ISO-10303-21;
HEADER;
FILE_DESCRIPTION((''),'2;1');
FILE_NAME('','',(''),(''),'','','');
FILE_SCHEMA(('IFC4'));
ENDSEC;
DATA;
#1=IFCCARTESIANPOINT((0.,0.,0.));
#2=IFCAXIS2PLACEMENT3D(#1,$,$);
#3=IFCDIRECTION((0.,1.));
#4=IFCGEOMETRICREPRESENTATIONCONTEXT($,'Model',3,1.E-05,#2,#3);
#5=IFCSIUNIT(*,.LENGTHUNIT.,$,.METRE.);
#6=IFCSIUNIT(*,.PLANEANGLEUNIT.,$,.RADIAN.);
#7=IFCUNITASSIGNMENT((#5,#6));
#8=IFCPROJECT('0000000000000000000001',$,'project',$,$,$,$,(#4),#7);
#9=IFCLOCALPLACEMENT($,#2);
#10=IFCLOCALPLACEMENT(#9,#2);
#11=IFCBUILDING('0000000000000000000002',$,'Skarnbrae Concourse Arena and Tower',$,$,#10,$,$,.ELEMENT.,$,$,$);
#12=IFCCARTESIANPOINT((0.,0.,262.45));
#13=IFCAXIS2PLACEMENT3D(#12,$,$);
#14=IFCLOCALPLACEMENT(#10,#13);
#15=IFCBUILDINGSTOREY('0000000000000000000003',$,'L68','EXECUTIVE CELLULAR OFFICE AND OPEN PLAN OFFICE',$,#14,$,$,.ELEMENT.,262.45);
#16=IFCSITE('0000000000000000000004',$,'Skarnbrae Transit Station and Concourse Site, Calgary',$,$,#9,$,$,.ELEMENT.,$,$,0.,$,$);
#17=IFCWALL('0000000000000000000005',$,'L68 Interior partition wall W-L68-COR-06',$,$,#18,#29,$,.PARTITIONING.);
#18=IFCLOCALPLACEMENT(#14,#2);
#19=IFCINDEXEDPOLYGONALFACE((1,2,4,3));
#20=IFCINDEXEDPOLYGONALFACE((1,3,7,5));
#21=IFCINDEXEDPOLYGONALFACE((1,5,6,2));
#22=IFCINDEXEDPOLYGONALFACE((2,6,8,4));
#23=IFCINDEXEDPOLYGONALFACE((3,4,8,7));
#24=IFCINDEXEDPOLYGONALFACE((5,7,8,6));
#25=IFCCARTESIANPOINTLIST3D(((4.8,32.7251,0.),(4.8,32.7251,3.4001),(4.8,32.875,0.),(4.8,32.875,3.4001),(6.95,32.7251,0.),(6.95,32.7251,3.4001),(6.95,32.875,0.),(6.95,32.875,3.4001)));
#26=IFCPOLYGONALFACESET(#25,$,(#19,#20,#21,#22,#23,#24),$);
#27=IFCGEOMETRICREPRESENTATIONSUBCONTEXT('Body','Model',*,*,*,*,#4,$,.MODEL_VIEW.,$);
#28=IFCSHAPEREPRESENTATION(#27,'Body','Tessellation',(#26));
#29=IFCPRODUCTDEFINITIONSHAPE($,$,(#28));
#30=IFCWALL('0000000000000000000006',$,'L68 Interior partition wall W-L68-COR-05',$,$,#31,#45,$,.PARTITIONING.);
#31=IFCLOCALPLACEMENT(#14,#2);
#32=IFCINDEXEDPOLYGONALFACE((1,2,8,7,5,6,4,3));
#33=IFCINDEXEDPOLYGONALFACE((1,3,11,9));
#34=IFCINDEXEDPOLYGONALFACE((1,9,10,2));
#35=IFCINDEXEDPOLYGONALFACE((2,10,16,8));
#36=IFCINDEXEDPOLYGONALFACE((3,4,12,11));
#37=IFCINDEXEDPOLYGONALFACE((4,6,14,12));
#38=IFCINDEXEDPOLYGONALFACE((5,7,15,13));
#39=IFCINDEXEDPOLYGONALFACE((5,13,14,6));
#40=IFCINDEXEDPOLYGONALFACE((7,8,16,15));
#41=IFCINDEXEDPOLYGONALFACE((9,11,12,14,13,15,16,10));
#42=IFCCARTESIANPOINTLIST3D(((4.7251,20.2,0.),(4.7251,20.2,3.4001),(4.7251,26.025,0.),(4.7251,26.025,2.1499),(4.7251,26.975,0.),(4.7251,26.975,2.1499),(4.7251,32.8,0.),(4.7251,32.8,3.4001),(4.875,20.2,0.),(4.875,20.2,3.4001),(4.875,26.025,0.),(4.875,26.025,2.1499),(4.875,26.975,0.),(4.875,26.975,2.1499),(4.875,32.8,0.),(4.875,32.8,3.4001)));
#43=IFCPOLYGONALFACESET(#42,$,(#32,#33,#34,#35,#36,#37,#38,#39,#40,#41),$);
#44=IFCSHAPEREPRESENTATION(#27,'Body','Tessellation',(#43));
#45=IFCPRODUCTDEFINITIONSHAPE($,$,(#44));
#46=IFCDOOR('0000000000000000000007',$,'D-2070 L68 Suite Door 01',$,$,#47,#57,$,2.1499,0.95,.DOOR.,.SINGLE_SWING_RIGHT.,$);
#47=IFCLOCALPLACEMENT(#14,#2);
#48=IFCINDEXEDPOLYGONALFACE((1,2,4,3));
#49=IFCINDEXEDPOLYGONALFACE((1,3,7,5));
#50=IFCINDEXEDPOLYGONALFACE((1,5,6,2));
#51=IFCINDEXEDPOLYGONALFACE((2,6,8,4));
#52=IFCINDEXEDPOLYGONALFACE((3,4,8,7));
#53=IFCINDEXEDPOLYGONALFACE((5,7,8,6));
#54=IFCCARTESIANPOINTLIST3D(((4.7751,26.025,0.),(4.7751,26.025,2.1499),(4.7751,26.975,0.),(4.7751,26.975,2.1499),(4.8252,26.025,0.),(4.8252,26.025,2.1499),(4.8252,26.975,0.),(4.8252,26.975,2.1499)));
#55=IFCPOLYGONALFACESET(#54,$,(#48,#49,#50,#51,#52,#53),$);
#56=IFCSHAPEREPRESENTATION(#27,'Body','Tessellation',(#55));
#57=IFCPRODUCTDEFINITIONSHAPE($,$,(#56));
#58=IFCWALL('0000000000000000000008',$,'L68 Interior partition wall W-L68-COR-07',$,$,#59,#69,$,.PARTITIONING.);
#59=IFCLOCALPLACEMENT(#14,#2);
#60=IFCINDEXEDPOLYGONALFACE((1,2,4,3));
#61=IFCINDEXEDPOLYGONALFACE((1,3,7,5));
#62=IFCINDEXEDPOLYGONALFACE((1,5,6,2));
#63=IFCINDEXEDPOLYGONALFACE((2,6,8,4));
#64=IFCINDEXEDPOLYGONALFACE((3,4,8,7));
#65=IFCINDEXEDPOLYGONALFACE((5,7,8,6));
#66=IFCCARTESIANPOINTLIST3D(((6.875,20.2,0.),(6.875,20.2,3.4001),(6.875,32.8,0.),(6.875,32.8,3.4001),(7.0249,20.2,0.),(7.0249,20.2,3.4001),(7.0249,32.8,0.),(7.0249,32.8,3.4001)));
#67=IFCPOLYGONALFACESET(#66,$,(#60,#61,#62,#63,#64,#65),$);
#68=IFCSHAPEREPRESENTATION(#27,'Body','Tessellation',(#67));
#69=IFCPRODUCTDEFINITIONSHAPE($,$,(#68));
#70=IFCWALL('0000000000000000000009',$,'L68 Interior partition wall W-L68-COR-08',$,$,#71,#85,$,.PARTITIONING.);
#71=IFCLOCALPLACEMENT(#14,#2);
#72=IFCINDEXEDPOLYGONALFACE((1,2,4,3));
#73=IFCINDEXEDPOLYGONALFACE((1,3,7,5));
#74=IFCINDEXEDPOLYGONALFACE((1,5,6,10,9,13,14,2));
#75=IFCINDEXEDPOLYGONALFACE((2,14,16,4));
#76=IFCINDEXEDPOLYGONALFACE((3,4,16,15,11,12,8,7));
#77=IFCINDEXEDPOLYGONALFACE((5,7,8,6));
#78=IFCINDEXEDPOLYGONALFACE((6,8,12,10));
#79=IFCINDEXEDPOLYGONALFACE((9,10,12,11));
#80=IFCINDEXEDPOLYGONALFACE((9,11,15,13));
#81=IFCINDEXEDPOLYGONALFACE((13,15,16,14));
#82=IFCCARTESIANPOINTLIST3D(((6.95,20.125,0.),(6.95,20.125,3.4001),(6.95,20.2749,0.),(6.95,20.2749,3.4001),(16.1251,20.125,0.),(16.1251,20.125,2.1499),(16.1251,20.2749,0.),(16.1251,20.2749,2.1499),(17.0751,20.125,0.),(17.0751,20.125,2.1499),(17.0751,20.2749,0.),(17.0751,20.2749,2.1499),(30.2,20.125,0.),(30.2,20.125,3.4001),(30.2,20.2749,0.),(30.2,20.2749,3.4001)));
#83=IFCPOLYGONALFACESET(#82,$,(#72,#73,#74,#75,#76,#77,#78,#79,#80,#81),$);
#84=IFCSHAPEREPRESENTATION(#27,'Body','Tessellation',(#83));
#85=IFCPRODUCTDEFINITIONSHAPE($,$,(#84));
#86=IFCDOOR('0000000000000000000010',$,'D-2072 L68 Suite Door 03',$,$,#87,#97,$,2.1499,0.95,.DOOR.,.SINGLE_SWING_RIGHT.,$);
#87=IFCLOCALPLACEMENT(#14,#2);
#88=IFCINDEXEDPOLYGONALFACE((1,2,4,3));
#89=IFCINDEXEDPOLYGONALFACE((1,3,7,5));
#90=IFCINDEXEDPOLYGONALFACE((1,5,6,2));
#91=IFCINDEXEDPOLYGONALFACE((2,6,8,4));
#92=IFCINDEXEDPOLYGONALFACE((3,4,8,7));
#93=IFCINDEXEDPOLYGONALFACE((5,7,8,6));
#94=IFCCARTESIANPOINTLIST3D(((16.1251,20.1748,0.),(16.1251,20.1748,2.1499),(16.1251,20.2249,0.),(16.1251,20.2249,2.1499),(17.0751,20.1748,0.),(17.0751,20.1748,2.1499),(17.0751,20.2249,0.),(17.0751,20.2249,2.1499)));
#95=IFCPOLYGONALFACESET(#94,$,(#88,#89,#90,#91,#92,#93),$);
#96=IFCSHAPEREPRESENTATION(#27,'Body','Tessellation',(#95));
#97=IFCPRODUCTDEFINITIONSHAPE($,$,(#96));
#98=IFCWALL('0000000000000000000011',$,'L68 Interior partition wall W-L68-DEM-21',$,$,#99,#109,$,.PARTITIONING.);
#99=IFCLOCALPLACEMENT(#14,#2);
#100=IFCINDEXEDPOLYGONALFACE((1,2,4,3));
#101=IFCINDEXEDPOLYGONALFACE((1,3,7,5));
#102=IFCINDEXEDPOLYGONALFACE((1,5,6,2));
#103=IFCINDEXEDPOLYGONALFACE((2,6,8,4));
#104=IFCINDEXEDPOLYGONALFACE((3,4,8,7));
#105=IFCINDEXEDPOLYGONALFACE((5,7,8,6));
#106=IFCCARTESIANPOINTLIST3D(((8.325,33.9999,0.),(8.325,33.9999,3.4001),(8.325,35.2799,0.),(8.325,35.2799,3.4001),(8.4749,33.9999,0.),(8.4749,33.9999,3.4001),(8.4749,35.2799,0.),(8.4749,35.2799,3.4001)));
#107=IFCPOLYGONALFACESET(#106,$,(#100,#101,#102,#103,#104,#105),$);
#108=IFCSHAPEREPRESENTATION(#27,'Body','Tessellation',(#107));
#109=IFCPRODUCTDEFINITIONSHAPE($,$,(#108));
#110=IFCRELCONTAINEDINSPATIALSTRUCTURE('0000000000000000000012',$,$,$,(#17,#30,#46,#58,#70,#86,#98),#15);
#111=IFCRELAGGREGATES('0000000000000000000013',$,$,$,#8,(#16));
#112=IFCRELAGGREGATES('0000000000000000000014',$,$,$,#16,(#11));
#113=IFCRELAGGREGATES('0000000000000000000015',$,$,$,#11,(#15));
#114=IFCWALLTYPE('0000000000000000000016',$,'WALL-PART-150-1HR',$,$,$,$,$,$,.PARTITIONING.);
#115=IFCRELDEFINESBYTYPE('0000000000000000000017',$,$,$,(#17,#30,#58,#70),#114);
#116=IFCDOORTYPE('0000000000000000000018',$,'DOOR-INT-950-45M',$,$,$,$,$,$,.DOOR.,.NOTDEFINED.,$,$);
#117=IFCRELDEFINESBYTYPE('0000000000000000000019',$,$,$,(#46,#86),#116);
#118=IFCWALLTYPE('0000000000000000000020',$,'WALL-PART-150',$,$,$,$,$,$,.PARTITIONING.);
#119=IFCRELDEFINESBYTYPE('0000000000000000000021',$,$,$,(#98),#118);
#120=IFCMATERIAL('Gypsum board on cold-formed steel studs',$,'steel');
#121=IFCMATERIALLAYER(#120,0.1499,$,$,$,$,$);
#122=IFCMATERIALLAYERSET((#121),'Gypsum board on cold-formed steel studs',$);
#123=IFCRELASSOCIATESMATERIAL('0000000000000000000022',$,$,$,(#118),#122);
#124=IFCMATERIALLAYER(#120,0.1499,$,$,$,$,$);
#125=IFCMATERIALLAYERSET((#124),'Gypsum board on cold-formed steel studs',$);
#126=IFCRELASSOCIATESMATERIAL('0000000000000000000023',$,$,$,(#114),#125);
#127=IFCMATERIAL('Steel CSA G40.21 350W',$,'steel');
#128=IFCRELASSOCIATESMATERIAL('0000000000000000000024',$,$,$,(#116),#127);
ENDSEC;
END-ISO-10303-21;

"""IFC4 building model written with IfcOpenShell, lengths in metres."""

from ifc_helpers import new_model, si_unit, direction, frame, frame_2d, origin, place, context, subcontext, project, spatial, rectangle, extrude, source, transform, mapped, material, layer, layer_set, type_object, element, fill, save


model = new_model("IFC4")

# Units and contexts
model_context = context("Model", 3, precision=1e-05, world=origin(), true_north=direction((0.0, 1.0)))
body_context = subcontext(model_context, "Body", "Model", "MODEL_VIEW")
ifc_project = project(units=[si_unit("LENGTHUNIT", "METRE"), si_unit("PLANEANGLEUNIT", "RADIAN")], contexts=[model_context])

# Site, building, storey
site_placement = place(None, origin())
site = spatial("IfcSite", under=ifc_project, at=site_placement, Name="Skarnbrae Transit Station and Concourse Site, Calgary", CompositionType="ELEMENT", RefElevation=0.0)
building_placement = place(site_placement, origin())
building = spatial("IfcBuilding", under=site, at=building_placement, Name="Skarnbrae Concourse Arena and Tower", CompositionType="ELEMENT")
storey_placement = place(building_placement, frame((0.0, 0.0, 262.45)))
storey = spatial("IfcBuildingStorey", under=building, at=storey_placement, Name="L68", Description="EXECUTIVE CELLULAR OFFICE AND OPEN PLAN OFFICE", CompositionType="ELEMENT", Elevation=262.45)

# Shared definitions
ifc_material_1 = material(Name="Steel CSA G40.21 350W", Category="steel")

# Wall
ifc_material_2 = material(Name="Gypsum board on cold-formed steel studs", Category="steel")
ifc_layer_1 = layer(ifc_material_2, 0.1499)
ifc_layer_set_1 = layer_set([ifc_layer_1], Name="Gypsum board on cold-formed steel studs")
wall_type_1 = type_object("IfcWallType", Name="WALL-PART-150", PredefinedType="PARTITIONING", material=ifc_layer_set_1)
ifc_layer_2 = layer(ifc_material_2, 0.1499)
ifc_layer_set_2 = layer_set([ifc_layer_2], Name="Gypsum board on cold-formed steel studs")
wall_type_2 = type_object("IfcWallType", Name="WALL-PART-150-1HR", PredefinedType="PARTITIONING", material=ifc_layer_set_2)
shared_shape_1 = source(origin(), body_context, "Body", "SweptSolid", [
    extrude(rectangle(XDim=2.1499, YDim=0.1499, at=frame_2d((1.075, 0.0))), origin(), (0.0, 0.0, 1.0), 3.4001),
])
wall_1_placement = place(storey_placement, frame((4.8, 32.8, 0.0), z_axis=(0.0, 0.0, 1.0), x_axis=(1.0, 0.0, 0.0)))
element("IfcWall", 1, at=wall_1_placement, inside=storey, type_object=wall_type_2, Name="L68 Interior partition wall W-L68-COR-06", PredefinedType="PARTITIONING", context=body_context, shape_type="MappedRepresentation", body=[
    mapped(shared_shape_1, transform((0.0, 0.0, 0.0))),
])

# Wall, opening, door
shared_shape_2 = source(origin(), body_context, "Body", "SweptSolid", [
    extrude(rectangle(XDim=12.6001, YDim=0.1499, at=frame_2d((6.3, 0.0))), origin(), (0.0, 0.0, 1.0), 3.4001),
])
wall_2_placement = place(storey_placement, frame((4.8, 20.2, 0.0), z_axis=(0.0, 0.0, 1.0), x_axis=(0.0, 1.0, 0.0)))
wall_2 = element("IfcWall", 2, at=wall_2_placement, inside=storey, type_object=wall_type_2, Name="L68 Interior partition wall W-L68-COR-05", PredefinedType="PARTITIONING", context=body_context, shape_type="MappedRepresentation", body=[
    mapped(shared_shape_2, transform((0.0, 0.0, 0.0))),
])
opening_1_placement = place(wall_2_placement, frame((5.825, 0.0, 0.0)))
opening_1 = element("IfcOpeningElement", 3, at=opening_1_placement, cuts=wall_2, PredefinedType="OPENING", context=body_context, shape_type="SweptSolid", body=[
    extrude(rectangle(XDim=0.95, YDim=2.1499, at=frame_2d((0.4751, 1.075))), frame((0.0, 0.085, 0.0), z_axis=(0.0, -1.0, 0.0), x_axis=(1.0, 0.0, 0.0)), (0.0, 0.0, 1.0), 0.1699),
])
door_type = type_object("IfcDoorType", Name="DOOR-INT-950-45M", OperationType="NOTDEFINED", PredefinedType="DOOR", material=ifc_material_1)
shared_shape_3 = source(origin(), body_context, "Body", "SweptSolid", [
    extrude(rectangle(XDim=0.95, YDim=2.1499, at=frame_2d((0.4751, 1.075))), frame((0.0, 0.0249, 0.0), z_axis=(0.0, -1.0, 0.0), x_axis=(1.0, 0.0, 0.0)), (0.0, 0.0, 1.0), 0.05),
])
door_1_placement = place(opening_1_placement, origin())
door_1 = element("IfcDoor", 4, at=door_1_placement, inside=storey, type_object=door_type, Name="D-2070 L68 Suite Door 01", OperationType="SINGLE_SWING_RIGHT", OverallHeight=2.1499, OverallWidth=0.95, PredefinedType="DOOR", context=body_context, shape_type="MappedRepresentation", body=[
    mapped(shared_shape_3, transform((0.0, 0.0, 0.0))),
])
fill(opening_1, door_1)

# Wall
wall_3_placement = place(storey_placement, frame((6.95, 32.8, 0.0), z_axis=(0.0, 0.0, 1.0), x_axis=(0.0, -1.0, 0.0)))
element("IfcWall", 5, at=wall_3_placement, inside=storey, type_object=wall_type_2, Name="L68 Interior partition wall W-L68-COR-07", PredefinedType="PARTITIONING", context=body_context, shape_type="MappedRepresentation", body=[
    mapped(shared_shape_2, transform((0.0, 0.0, 0.0))),
])

# Wall, opening, door
shared_shape_4 = source(origin(), body_context, "Body", "SweptSolid", [
    extrude(rectangle(XDim=23.25, YDim=0.1499, at=frame_2d((11.625, 0.0))), origin(), (0.0, 0.0, 1.0), 3.4001),
])
wall_4_placement = place(storey_placement, frame((6.95, 20.2, 0.0), z_axis=(0.0, 0.0, 1.0), x_axis=(1.0, 0.0, 0.0)))
wall_4 = element("IfcWall", 6, at=wall_4_placement, inside=storey, type_object=wall_type_2, Name="L68 Interior partition wall W-L68-COR-08", PredefinedType="PARTITIONING", context=body_context, shape_type="MappedRepresentation", body=[
    mapped(shared_shape_4, transform((0.0, 0.0, 0.0))),
])
opening_2_placement = place(wall_4_placement, frame((9.175, 0.0, 0.0)))
opening_2 = element("IfcOpeningElement", 7, at=opening_2_placement, cuts=wall_4, PredefinedType="OPENING", context=body_context, shape_type="SweptSolid", body=[
    extrude(rectangle(XDim=0.95, YDim=2.1499, at=frame_2d((0.4751, 1.075))), frame((0.0, 0.085, 0.0), z_axis=(0.0, -1.0, 0.0), x_axis=(1.0, 0.0, 0.0)), (0.0, 0.0, 1.0), 0.1699),
])
door_2_placement = place(opening_2_placement, origin())
door_2 = element("IfcDoor", 8, at=door_2_placement, inside=storey, type_object=door_type, Name="D-2072 L68 Suite Door 03", OperationType="SINGLE_SWING_RIGHT", OverallHeight=2.1499, OverallWidth=0.95, PredefinedType="DOOR", context=body_context, shape_type="MappedRepresentation", body=[
    mapped(shared_shape_3, transform((0.0, 0.0, 0.0))),
])
fill(opening_2, door_2)

# Wall
shared_shape_5 = source(origin(), body_context, "Body", "SweptSolid", [
    extrude(rectangle(XDim=1.28, YDim=0.1499, at=frame_2d((0.6401, 0.0))), origin(), (0.0, 0.0, 1.0), 3.4001),
])
wall_5_placement = place(storey_placement, frame((8.3999, 35.28, 0.0), z_axis=(0.0, 0.0, 1.0), x_axis=(0.0, -1.0, 0.0)))
element("IfcWall", 9, at=wall_5_placement, inside=storey, type_object=wall_type_1, Name="L68 Interior partition wall W-L68-DEM-21", PredefinedType="PARTITIONING", context=body_context, shape_type="MappedRepresentation", body=[
    mapped(shared_shape_5, transform((0.0, 0.0, 0.0))),
])

save(model, "model.ifc")
